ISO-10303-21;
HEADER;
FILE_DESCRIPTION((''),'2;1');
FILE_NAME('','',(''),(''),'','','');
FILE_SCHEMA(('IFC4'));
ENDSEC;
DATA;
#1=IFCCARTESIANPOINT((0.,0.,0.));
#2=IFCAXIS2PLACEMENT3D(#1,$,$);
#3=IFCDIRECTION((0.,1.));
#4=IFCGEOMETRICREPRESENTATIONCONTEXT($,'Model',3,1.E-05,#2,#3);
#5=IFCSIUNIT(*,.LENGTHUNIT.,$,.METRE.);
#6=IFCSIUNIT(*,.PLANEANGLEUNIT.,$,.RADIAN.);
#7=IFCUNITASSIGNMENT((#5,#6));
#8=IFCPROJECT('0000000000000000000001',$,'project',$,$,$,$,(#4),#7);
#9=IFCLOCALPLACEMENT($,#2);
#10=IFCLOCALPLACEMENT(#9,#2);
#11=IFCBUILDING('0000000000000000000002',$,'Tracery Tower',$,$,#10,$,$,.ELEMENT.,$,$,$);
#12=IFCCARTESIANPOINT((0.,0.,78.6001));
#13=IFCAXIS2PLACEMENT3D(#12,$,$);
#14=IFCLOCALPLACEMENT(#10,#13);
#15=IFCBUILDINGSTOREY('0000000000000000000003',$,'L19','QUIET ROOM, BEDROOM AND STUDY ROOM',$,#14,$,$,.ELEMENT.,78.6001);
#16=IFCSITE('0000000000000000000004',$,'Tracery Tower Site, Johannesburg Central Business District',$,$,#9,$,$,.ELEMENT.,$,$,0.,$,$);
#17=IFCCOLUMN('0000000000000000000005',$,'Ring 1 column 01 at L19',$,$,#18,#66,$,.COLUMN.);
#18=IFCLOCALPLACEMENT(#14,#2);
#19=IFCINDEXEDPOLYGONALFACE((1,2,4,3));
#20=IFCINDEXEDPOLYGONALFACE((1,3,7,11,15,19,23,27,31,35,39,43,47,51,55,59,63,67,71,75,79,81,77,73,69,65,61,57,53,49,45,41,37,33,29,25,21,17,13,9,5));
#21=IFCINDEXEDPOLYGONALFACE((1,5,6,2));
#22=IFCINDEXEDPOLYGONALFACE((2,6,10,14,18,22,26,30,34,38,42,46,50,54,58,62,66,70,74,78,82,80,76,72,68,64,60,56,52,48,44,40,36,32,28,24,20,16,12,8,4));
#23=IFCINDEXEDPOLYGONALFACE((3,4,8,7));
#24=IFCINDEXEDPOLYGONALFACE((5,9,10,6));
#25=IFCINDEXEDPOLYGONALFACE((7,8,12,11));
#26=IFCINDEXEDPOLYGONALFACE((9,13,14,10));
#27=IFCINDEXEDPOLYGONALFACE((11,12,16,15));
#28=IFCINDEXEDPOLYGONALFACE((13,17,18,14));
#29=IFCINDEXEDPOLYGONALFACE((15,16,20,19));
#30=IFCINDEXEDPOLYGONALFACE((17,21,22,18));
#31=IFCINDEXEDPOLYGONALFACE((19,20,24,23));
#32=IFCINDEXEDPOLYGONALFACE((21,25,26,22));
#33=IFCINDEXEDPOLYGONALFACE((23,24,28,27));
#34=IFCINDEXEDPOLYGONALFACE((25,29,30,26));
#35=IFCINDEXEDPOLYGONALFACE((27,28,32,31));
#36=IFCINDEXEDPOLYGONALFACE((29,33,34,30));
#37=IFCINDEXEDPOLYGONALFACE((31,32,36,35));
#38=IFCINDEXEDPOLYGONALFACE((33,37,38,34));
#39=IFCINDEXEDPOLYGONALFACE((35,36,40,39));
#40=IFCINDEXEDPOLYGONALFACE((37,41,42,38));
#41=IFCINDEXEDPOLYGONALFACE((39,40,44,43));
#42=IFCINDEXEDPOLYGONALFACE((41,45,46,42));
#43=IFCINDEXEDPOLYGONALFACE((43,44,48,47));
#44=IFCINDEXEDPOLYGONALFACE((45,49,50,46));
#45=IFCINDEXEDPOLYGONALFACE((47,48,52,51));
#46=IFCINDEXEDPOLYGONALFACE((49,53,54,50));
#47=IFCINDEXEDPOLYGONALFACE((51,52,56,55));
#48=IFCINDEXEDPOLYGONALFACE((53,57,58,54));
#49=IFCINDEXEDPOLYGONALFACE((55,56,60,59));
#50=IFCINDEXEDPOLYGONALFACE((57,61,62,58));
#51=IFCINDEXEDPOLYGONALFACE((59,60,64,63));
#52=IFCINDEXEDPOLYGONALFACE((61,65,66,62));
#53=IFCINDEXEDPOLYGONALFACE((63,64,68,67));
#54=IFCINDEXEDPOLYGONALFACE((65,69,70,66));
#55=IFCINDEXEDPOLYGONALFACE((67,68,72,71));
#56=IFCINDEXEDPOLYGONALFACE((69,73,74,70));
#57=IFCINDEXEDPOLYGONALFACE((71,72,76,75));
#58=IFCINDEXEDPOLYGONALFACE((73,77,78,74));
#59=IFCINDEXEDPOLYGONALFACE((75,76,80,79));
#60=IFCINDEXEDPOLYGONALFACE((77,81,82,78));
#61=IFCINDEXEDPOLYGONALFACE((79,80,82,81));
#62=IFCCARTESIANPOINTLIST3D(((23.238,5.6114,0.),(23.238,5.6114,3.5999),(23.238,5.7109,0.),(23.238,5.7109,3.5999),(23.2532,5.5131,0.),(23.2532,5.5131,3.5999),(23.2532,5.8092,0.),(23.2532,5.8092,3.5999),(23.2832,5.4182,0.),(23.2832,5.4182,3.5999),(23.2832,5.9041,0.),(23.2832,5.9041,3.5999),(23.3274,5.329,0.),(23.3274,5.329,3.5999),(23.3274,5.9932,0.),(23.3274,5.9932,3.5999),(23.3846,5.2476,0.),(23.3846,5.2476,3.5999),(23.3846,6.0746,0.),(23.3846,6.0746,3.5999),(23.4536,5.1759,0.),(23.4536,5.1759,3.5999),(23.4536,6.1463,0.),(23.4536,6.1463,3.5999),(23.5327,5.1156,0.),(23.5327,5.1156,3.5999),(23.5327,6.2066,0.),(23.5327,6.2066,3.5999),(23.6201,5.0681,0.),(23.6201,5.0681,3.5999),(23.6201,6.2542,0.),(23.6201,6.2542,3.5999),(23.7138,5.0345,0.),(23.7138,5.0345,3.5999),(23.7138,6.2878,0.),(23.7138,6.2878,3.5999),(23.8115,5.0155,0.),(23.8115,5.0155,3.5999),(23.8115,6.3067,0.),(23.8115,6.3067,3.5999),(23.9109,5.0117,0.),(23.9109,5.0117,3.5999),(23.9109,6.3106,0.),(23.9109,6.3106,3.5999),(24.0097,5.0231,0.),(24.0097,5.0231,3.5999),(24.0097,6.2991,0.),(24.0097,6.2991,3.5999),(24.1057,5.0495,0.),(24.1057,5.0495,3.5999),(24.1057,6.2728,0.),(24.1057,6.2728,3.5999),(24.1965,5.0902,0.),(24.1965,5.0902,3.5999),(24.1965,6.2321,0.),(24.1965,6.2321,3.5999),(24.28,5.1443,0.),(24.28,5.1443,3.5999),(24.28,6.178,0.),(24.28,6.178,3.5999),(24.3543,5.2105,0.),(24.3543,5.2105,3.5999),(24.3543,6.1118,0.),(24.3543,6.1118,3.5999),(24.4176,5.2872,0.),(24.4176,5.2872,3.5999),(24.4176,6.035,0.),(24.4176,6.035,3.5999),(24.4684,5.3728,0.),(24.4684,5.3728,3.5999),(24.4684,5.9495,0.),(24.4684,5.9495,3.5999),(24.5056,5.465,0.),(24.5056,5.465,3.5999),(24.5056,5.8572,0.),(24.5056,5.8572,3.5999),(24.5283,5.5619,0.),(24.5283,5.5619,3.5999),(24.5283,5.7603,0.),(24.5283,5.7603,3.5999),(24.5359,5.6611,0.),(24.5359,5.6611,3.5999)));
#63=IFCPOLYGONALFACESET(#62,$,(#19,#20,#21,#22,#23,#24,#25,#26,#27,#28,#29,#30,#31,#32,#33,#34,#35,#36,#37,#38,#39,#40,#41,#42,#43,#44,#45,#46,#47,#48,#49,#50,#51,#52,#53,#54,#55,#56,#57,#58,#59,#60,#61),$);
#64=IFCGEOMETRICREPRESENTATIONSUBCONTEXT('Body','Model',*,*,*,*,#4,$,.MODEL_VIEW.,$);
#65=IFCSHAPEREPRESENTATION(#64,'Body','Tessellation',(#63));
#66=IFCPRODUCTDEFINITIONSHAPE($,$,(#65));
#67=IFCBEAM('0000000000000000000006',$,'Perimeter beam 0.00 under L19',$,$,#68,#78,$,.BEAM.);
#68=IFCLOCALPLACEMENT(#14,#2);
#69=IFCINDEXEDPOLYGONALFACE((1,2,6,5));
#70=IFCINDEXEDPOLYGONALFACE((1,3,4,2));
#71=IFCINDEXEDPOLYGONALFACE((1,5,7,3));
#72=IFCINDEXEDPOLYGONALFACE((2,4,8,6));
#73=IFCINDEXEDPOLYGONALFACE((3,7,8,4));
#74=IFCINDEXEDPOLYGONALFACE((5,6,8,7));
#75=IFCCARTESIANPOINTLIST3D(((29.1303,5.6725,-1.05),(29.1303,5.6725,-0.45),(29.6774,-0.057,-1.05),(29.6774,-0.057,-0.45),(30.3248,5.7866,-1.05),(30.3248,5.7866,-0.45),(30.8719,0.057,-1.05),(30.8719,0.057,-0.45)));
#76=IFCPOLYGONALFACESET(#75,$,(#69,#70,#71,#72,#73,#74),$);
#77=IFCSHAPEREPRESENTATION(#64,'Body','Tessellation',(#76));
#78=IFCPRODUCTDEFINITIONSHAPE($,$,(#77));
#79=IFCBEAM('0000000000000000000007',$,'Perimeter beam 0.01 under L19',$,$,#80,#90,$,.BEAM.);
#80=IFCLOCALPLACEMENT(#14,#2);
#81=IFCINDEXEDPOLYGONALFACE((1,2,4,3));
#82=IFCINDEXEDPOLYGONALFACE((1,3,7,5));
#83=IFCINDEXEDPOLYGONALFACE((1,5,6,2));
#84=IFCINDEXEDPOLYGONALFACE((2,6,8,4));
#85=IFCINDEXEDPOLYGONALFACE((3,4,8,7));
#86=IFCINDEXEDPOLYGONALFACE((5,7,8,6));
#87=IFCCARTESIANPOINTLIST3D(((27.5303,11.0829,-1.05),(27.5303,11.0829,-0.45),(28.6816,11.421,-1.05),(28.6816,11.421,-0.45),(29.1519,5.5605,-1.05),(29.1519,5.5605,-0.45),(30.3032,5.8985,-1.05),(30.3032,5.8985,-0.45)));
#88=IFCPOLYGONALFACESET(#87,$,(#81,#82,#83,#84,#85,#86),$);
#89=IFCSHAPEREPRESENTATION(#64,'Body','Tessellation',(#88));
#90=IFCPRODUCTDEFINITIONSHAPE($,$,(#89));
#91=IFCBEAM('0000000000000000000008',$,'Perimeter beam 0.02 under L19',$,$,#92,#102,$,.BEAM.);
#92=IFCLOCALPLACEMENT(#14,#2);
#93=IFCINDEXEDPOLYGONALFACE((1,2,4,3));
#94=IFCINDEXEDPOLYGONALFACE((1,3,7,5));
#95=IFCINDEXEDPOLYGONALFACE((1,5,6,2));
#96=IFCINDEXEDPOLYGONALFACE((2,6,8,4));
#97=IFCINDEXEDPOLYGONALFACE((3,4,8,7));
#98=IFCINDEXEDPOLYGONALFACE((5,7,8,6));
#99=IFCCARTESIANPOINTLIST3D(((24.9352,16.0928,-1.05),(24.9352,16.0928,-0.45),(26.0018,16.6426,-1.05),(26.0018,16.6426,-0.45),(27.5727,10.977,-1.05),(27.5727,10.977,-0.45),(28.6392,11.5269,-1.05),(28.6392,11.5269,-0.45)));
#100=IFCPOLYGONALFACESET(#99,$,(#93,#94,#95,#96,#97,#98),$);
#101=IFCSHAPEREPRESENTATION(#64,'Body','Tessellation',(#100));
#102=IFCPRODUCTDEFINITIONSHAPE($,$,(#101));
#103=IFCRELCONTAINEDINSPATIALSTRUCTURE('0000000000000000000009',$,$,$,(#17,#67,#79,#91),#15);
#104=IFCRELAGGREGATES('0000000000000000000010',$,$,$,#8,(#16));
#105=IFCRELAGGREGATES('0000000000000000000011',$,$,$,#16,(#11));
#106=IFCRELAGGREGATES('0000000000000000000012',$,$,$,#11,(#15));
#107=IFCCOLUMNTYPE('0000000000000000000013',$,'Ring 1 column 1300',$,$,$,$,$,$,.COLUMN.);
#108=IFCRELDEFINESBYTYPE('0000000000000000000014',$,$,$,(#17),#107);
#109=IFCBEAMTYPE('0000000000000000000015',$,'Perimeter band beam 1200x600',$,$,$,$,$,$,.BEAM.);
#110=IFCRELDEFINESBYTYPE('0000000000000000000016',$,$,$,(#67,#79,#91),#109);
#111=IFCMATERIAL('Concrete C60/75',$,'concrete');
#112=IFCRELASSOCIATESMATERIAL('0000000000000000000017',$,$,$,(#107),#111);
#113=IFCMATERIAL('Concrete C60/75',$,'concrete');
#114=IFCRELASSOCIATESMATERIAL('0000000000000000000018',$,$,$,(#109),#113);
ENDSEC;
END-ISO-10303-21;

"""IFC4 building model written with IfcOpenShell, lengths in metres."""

from ifc_helpers import new_model, si_unit, direction, frame, origin, origin_2d, place, context, subcontext, project, spatial, rectangle, circle, extrude, material, material_profile, profile_set, type_object, element, save


model = new_model("IFC4")

# Units and contexts
model_context = context("Model", 3, precision=1e-05, world=origin(), true_north=direction((0.0, 1.0)))
body_context = subcontext(model_context, "Body", "Model", "MODEL_VIEW")
ifc_project = project(units=[si_unit("LENGTHUNIT", "METRE"), si_unit("PLANEANGLEUNIT", "RADIAN")], contexts=[model_context])

# Site, building, storey
site_placement = place(None, origin())
site = spatial("IfcSite", under=ifc_project, at=site_placement, Name="Tracery Tower Site, Johannesburg Central Business District", CompositionType="ELEMENT", RefElevation=0.0)
building_placement = place(site_placement, origin())
building = spatial("IfcBuilding", under=site, at=building_placement, Name="Tracery Tower", CompositionType="ELEMENT")
storey_placement = place(building_placement, frame((0.0, 0.0, 78.6001)))
storey = spatial("IfcBuildingStorey", under=building, at=storey_placement, Name="L19", Description="QUIET ROOM, BEDROOM AND STUDY ROOM", CompositionType="ELEMENT", Elevation=78.6001)

# Column
ifc_material_1 = material(Name="Concrete C60/75", Category="concrete")
ifc_material_profile_1 = material_profile(ifc_material_1, circle(Radius=0.6499, at=origin_2d()), Name="RC D1300")
ifc_profile_set_1 = profile_set([ifc_material_profile_1], Name="Concrete C60/75")
column_type_1 = type_object("IfcColumnType", Name="Ring 1 column 1300", PredefinedType="COLUMN", material=ifc_profile_set_1)
for number, where, z_axis, x_axis, name in (
    (1, (23.886, 5.6611, 0.0), (0.0, 0.0, 1.0), (1.0, 0.0, 0.0), "Ring 1 column 01 at L19"),
):
    element("IfcColumn", number, at=place(storey_placement, frame(where, z_axis=z_axis, x_axis=x_axis)), inside=storey, type_object=column_type_1, Name=name, PredefinedType="COLUMN", context=body_context, shape_type="SweptSolid", body=[
        extrude(circle(Radius=0.6499, at=origin_2d()), origin(), (0.0, 0.0, 1.0), 3.5999),
    ])

# Beams
ifc_material_2 = material(Name="Concrete C60/75", Category="concrete")
ifc_material_profile_2 = material_profile(ifc_material_2, rectangle(XDim=1.2, YDim=0.6001, at=origin_2d()), Name="RC 1200x600")
ifc_profile_set_2 = profile_set([ifc_material_profile_2], Name="Concrete C60/75")
beam_type = type_object("IfcBeamType", Name="Perimeter band beam 1200x600", PredefinedType="BEAM", material=ifc_profile_set_2)
for number, where, z_axis, x_axis, name in (
    (2, (30.2747, 0.0, -0.75), (-0.095059, 0.995472, 0.0), (-0.995472, -0.095059, 0.0), "Perimeter beam 0.00 under L19"),
    (3, (29.7275, 5.7295, -0.75), (-0.281739, 0.959491, 0.0), (-0.959491, -0.281739, 0.0), "Perimeter beam 0.01 under L19"),
    (4, (28.106, 11.252, -0.75), (-0.458242, 0.888827, 0.0), (-0.888827, -0.458242, 0.0), "Perimeter beam 0.02 under L19"),
):
    element("IfcBeam", number, at=place(storey_placement, frame(where, z_axis=z_axis, x_axis=x_axis)), inside=storey, type_object=beam_type, Name=name, PredefinedType="BEAM", context=body_context, shape_type="SweptSolid", body=[
        extrude(rectangle(XDim=1.2, YDim=0.6001, at=origin_2d()), origin(), (0.0, 0.0, 1.0), 5.7556),
    ])

save(model, "model.ifc")
